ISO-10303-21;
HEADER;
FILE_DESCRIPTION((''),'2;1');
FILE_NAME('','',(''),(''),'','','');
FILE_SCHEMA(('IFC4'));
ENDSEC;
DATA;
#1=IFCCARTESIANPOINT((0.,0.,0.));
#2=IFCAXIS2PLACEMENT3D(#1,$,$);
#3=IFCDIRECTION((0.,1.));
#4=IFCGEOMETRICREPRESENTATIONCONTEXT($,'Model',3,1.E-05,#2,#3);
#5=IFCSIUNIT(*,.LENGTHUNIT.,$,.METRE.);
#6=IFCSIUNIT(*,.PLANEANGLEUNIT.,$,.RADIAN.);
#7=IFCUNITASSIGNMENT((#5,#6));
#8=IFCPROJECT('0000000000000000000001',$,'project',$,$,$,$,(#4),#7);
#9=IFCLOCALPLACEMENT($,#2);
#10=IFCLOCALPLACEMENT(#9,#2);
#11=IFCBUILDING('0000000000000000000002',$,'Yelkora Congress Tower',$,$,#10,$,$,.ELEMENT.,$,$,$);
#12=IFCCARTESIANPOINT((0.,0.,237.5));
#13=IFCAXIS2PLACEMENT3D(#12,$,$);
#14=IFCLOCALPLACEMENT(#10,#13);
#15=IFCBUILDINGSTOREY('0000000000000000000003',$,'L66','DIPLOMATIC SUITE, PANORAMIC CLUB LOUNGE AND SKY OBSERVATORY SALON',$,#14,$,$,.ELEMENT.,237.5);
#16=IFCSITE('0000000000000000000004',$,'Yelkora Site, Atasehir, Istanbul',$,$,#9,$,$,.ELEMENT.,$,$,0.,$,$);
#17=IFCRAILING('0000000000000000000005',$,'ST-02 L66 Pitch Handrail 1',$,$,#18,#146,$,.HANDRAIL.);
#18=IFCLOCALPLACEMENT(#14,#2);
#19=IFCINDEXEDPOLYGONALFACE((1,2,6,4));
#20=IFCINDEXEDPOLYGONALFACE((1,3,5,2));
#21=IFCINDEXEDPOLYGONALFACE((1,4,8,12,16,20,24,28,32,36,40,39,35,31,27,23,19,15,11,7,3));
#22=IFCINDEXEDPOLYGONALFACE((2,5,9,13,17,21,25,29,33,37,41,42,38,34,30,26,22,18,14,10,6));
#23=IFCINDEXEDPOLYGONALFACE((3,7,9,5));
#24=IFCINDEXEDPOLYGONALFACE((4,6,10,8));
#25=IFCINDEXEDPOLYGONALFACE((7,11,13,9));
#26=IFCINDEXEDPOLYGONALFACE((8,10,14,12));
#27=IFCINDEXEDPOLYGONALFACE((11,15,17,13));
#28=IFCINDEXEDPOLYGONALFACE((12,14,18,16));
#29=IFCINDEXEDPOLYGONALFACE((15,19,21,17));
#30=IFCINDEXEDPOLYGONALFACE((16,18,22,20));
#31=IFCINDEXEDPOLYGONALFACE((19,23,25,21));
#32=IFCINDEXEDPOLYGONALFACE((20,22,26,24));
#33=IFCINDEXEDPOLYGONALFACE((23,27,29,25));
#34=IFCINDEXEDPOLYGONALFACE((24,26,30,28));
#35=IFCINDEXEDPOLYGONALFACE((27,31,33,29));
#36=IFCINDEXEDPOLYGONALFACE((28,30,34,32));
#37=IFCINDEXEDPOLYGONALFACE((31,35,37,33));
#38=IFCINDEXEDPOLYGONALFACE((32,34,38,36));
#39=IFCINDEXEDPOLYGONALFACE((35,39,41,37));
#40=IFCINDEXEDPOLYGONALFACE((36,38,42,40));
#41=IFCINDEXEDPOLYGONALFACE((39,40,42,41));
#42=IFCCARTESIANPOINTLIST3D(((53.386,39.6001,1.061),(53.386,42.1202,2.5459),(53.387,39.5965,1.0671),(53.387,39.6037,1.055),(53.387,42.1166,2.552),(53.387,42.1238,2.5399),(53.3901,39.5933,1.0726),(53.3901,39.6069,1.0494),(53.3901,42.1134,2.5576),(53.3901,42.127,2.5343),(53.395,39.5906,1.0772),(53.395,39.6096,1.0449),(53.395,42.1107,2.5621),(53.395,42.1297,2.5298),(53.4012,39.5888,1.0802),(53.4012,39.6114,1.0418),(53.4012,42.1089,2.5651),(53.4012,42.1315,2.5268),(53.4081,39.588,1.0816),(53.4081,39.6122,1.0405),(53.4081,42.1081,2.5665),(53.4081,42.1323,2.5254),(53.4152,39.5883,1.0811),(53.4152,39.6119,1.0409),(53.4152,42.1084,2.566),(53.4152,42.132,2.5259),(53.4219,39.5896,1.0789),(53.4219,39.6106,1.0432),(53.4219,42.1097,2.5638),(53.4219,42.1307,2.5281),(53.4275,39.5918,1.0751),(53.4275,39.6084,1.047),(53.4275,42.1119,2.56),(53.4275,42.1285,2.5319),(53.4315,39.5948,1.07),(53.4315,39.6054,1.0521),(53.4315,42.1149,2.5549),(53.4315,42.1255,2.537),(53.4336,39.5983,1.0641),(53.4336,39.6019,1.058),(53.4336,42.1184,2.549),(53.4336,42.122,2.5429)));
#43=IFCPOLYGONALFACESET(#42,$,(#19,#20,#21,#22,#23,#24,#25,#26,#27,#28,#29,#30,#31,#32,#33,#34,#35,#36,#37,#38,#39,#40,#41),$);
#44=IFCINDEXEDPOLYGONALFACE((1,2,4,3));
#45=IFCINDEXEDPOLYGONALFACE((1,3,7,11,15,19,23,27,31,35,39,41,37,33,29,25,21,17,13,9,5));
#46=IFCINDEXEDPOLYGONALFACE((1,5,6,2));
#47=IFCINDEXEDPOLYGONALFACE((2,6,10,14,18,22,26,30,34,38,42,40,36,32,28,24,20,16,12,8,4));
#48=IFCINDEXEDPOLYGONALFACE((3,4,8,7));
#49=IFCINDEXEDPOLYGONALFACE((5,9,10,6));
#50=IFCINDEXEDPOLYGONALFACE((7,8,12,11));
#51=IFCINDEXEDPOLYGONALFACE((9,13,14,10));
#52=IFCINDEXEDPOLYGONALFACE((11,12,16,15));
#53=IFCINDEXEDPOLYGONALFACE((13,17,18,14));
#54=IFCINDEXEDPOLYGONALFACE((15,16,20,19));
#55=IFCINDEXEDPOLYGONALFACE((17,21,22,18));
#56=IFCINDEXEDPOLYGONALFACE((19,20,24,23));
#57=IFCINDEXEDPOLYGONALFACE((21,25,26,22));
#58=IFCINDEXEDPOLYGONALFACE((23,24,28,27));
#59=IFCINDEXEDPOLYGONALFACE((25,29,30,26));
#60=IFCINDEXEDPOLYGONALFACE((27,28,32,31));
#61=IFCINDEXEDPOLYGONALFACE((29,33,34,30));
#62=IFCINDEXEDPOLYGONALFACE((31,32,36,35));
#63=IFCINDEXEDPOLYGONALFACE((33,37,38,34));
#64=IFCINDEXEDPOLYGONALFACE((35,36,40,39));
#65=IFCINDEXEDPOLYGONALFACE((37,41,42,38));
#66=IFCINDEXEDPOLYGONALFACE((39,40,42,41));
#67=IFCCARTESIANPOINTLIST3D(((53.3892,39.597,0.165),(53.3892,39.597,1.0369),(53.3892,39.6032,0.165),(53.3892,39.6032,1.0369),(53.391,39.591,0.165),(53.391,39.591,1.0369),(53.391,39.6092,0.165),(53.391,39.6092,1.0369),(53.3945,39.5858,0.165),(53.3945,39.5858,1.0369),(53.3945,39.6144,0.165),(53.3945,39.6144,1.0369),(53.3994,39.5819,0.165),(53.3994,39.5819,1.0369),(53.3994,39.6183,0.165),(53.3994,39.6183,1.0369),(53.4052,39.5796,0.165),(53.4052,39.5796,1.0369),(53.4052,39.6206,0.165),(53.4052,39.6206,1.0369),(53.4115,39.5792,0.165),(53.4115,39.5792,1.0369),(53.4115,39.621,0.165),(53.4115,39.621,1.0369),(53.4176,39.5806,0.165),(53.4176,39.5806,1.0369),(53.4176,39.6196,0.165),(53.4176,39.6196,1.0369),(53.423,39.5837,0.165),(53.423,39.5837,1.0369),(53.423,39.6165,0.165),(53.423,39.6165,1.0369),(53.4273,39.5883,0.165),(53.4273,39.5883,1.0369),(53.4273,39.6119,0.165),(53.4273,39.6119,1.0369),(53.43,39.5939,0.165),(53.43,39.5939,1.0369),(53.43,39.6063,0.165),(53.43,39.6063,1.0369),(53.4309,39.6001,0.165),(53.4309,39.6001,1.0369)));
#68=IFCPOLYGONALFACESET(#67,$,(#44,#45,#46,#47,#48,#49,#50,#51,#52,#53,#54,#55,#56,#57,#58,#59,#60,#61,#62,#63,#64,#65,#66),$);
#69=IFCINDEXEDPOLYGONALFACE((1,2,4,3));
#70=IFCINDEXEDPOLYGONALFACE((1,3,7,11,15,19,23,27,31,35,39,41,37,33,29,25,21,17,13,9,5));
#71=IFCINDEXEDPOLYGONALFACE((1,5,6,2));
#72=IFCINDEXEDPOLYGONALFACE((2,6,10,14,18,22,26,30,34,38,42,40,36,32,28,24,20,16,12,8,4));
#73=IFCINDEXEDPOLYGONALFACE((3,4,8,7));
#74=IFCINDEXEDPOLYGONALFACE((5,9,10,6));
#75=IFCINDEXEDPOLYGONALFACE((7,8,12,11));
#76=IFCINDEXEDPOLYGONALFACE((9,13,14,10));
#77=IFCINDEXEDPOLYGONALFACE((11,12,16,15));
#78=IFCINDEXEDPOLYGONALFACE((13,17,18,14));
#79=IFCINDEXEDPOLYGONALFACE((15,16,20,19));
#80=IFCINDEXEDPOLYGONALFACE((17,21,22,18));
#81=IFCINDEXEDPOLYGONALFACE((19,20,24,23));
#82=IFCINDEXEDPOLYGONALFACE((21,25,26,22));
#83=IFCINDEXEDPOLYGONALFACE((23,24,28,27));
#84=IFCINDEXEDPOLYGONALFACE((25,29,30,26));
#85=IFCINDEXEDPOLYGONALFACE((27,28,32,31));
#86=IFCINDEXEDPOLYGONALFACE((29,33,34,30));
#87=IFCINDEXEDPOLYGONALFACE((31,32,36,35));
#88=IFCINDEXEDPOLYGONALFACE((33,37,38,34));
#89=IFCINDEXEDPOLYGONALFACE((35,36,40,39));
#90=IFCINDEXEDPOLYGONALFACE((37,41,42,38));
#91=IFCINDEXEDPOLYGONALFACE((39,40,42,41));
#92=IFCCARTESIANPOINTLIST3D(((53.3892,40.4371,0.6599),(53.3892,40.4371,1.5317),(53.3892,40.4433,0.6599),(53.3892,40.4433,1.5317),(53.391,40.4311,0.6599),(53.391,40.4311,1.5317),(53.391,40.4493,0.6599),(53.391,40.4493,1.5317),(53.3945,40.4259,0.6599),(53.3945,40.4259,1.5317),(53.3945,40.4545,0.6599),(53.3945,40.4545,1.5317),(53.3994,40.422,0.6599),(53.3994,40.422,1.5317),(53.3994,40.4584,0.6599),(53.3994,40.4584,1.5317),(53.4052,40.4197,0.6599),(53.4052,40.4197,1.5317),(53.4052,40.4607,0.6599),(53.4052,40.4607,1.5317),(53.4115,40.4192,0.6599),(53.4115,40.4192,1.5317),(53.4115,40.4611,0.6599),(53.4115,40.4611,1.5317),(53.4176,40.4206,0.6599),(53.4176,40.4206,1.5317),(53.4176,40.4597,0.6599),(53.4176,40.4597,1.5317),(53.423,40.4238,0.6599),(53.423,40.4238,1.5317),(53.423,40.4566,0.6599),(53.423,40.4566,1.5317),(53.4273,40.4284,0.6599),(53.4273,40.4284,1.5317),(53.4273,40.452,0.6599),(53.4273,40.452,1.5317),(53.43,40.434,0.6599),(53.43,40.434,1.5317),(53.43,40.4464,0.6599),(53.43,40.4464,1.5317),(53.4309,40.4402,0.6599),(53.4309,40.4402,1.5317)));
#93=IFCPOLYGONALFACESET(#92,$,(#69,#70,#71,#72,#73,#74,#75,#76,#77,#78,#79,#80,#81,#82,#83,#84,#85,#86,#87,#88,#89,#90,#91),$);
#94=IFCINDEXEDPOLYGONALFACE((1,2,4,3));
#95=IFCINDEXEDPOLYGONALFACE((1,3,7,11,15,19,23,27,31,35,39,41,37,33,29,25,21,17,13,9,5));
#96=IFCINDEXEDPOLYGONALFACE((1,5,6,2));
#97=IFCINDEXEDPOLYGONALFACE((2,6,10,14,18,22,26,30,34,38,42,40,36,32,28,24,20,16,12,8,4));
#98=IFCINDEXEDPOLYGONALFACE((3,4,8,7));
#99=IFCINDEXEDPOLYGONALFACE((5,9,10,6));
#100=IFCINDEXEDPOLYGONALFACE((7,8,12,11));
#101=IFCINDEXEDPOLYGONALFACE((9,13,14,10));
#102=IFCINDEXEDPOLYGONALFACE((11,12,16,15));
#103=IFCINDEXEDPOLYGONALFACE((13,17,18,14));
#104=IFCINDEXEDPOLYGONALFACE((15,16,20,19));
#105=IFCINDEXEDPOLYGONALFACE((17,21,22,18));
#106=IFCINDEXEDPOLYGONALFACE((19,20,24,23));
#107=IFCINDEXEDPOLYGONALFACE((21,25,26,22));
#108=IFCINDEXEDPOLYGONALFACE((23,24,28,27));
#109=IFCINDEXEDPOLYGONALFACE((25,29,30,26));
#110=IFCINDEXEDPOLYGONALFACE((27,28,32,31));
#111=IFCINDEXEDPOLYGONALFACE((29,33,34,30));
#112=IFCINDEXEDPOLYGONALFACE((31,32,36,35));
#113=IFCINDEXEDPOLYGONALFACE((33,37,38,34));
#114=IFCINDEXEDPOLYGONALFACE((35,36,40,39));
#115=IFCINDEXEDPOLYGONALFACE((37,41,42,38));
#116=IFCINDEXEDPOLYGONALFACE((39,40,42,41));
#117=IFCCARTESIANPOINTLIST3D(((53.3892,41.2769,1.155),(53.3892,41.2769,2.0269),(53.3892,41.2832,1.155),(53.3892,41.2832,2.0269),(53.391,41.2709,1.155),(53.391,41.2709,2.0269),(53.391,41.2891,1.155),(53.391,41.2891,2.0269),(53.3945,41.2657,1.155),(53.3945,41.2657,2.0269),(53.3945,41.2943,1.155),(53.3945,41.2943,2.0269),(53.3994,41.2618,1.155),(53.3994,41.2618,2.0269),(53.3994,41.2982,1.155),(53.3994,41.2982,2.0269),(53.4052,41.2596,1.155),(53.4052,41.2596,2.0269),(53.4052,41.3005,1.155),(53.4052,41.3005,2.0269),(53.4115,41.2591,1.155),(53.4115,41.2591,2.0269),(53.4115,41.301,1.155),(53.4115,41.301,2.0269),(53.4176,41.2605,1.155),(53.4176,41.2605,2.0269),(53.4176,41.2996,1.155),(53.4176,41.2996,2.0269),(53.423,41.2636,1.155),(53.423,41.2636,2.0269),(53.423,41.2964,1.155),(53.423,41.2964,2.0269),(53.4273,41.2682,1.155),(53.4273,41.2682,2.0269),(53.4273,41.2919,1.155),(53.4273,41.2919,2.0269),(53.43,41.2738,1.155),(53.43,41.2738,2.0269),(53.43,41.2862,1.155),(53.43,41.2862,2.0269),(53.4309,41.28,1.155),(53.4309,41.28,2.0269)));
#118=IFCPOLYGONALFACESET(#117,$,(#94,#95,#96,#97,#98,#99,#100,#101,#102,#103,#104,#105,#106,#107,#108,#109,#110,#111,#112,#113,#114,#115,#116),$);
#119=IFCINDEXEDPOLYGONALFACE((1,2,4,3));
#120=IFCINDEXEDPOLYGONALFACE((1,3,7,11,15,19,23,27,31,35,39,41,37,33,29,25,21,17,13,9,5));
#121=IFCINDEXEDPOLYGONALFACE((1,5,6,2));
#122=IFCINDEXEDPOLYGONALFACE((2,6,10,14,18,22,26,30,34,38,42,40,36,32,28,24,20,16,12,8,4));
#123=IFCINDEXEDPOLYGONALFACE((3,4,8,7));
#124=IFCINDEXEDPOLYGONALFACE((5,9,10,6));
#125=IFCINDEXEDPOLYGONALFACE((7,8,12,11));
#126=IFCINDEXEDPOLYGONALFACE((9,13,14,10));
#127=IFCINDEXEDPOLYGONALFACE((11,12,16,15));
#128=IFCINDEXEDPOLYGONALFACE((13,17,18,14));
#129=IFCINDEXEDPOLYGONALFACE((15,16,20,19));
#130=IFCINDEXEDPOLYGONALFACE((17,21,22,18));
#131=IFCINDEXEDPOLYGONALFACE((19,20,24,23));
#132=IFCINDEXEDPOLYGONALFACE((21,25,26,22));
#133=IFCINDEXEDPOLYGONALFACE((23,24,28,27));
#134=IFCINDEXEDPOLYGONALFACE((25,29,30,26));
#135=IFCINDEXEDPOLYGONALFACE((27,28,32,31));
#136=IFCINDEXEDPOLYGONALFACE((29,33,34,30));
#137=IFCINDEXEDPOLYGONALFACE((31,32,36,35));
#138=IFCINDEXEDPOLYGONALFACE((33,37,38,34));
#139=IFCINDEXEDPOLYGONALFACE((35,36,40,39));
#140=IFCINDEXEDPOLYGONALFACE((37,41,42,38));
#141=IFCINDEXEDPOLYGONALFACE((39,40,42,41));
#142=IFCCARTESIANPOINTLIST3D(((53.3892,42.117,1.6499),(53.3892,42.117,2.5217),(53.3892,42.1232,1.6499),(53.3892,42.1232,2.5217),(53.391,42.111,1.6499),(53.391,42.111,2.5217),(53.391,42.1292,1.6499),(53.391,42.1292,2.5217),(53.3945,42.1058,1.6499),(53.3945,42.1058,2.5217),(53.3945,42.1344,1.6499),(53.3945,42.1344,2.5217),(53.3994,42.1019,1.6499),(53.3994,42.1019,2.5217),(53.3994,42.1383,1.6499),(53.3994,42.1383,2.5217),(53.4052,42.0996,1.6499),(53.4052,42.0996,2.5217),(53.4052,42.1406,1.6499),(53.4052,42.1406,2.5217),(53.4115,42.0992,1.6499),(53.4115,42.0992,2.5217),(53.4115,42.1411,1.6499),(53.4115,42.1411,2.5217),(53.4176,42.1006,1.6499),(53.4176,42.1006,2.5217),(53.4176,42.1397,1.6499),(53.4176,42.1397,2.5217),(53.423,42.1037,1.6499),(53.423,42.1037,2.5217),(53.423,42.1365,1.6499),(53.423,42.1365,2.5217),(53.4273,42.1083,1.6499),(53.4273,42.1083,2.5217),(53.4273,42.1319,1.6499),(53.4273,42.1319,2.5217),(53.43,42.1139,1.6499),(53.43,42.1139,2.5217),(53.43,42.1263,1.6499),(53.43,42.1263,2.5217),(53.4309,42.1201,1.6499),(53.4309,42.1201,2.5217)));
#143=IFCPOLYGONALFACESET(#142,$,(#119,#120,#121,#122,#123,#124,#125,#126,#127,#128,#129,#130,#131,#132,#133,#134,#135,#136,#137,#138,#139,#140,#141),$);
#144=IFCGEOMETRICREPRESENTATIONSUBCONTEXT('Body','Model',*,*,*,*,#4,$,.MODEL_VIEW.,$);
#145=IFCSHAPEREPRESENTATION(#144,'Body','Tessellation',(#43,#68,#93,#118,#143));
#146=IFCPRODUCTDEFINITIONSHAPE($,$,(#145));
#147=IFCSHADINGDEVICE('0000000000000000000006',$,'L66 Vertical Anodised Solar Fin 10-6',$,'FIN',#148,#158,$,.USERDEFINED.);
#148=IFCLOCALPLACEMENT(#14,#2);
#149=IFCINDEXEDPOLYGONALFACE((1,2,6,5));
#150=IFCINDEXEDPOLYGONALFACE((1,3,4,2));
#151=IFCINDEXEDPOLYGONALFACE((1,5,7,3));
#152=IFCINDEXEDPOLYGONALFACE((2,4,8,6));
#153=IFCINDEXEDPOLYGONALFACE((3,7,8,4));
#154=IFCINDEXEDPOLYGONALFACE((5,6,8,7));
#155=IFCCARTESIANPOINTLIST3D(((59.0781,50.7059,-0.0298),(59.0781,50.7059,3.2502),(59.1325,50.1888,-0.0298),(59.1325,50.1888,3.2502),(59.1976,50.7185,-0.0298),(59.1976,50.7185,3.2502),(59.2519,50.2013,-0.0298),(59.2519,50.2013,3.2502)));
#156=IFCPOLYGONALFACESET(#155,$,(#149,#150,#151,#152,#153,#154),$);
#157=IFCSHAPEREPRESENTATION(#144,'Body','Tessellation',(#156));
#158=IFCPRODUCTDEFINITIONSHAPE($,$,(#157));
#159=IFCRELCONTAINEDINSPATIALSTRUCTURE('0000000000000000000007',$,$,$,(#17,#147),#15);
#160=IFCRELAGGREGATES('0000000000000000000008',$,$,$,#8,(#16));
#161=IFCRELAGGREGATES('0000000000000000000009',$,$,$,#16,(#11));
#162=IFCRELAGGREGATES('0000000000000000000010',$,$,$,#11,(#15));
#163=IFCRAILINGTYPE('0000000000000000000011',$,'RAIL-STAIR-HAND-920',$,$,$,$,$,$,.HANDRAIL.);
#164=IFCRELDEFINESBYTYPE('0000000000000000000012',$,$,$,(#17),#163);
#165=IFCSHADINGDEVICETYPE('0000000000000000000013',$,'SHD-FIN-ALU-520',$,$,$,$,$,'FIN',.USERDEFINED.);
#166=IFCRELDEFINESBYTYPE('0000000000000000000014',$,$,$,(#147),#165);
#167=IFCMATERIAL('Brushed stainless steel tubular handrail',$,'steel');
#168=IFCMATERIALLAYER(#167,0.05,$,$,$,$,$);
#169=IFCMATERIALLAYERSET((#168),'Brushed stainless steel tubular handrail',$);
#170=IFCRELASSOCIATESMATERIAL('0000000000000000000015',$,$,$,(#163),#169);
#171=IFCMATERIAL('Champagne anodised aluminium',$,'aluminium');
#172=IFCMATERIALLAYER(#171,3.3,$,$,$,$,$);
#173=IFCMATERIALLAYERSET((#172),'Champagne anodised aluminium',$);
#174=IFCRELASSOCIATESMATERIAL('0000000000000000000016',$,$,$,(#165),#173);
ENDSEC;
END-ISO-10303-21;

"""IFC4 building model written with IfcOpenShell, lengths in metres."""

from ifc_helpers import new_model, si_unit, direction, frame, origin, origin_2d, place, context, subcontext, project, spatial, rectangle, circle, extrude, material, layer, layer_set, type_object, element, save


model = new_model("IFC4")

# Units and contexts
model_context = context("Model", 3, precision=1e-05, world=origin(), true_north=direction((0.0, 1.0)))
body_context = subcontext(model_context, "Body", "Model", "MODEL_VIEW")
ifc_project = project(units=[si_unit("LENGTHUNIT", "METRE"), si_unit("PLANEANGLEUNIT", "RADIAN")], contexts=[model_context])

# Site, building, storey
site_placement = place(None, origin())
site = spatial("IfcSite", under=ifc_project, at=site_placement, Name="Yelkora Site, Atasehir, Istanbul", CompositionType="ELEMENT", RefElevation=0.0)
building_placement = place(site_placement, origin())
building = spatial("IfcBuilding", under=site, at=building_placement, Name="Yelkora Congress Tower", CompositionType="ELEMENT")
storey_placement = place(building_placement, frame((0.0, 0.0, 237.5)))
storey = spatial("IfcBuildingStorey", under=building, at=storey_placement, Name="L66", Description="DIPLOMATIC SUITE, PANORAMIC CLUB LOUNGE AND SKY OBSERVATORY SALON", CompositionType="ELEMENT", Elevation=237.5)

# Railing
ifc_material_1 = material(Name="Brushed stainless steel tubular handrail", Category="steel")
ifc_layer_1 = layer(ifc_material_1, 0.05)
ifc_layer_set_1 = layer_set([ifc_layer_1], Name="Brushed stainless steel tubular handrail")
railing_type_1 = type_object("IfcRailingType", Name="RAIL-STAIR-HAND-920", PredefinedType="HANDRAIL", material=ifc_layer_set_1)
railing_1_placement = place(storey_placement, frame((53.4099, 39.6001, 0.165)))
element("IfcRailing", 1, at=railing_1_placement, inside=storey, type_object=railing_type_1, Name="ST-02 L66 Pitch Handrail 1", PredefinedType="HANDRAIL", context=body_context, shape_type="SweptSolid", body=[
    extrude(circle(Radius=0.0239, at=origin_2d()), frame((0.0, 0.0, 0.896), z_axis=(0.0, 0.861561, 0.507655), x_axis=(-1.0, 0.0, 0.0)), (0.0, 0.0, 1.0), 2.925),
    extrude(circle(Radius=0.021, at=origin_2d()), origin(), (0.0, 0.0, 1.0), 0.8718),
    extrude(circle(Radius=0.021, at=origin_2d()), frame((0.0, 0.8401, 0.4949)), (0.0, 0.0, 1.0), 0.8718),
    extrude(circle(Radius=0.021, at=origin_2d()), frame((0.0, 1.6799, 0.99)), (0.0, 0.0, 1.0), 0.8718),
    extrude(circle(Radius=0.021, at=origin_2d()), frame((0.0, 2.52, 1.4849)), (0.0, 0.0, 1.0), 0.8718),
])

# Shading device
ifc_material_2 = material(Name="Champagne anodised aluminium", Category="aluminium")
ifc_layer_2 = layer(ifc_material_2, 3.3)
ifc_layer_set_2 = layer_set([ifc_layer_2], Name="Champagne anodised aluminium")
shading_device_type = type_object("IfcShadingDeviceType", Name="SHD-FIN-ALU-520", ElementType="FIN", PredefinedType="USERDEFINED", material=ifc_layer_set_2)
shading_device_placement = place(storey_placement, frame((59.165, 50.4536, -0.0298), z_axis=(0.0, 0.0, 1.0), x_axis=(0.994522, 0.104528, 0.0)))
element("IfcShadingDevice", 2, at=shading_device_placement, inside=storey, type_object=shading_device_type, Name="L66 Vertical Anodised Solar Fin 10-6", ObjectType="FIN", PredefinedType="USERDEFINED", context=body_context, shape_type="SweptSolid", body=[
    extrude(rectangle(XDim=0.1201, YDim=0.52, at=origin_2d()), origin(), (0.0, 0.0, 1.0), 3.28),
])

save(model, "model.ifc")
